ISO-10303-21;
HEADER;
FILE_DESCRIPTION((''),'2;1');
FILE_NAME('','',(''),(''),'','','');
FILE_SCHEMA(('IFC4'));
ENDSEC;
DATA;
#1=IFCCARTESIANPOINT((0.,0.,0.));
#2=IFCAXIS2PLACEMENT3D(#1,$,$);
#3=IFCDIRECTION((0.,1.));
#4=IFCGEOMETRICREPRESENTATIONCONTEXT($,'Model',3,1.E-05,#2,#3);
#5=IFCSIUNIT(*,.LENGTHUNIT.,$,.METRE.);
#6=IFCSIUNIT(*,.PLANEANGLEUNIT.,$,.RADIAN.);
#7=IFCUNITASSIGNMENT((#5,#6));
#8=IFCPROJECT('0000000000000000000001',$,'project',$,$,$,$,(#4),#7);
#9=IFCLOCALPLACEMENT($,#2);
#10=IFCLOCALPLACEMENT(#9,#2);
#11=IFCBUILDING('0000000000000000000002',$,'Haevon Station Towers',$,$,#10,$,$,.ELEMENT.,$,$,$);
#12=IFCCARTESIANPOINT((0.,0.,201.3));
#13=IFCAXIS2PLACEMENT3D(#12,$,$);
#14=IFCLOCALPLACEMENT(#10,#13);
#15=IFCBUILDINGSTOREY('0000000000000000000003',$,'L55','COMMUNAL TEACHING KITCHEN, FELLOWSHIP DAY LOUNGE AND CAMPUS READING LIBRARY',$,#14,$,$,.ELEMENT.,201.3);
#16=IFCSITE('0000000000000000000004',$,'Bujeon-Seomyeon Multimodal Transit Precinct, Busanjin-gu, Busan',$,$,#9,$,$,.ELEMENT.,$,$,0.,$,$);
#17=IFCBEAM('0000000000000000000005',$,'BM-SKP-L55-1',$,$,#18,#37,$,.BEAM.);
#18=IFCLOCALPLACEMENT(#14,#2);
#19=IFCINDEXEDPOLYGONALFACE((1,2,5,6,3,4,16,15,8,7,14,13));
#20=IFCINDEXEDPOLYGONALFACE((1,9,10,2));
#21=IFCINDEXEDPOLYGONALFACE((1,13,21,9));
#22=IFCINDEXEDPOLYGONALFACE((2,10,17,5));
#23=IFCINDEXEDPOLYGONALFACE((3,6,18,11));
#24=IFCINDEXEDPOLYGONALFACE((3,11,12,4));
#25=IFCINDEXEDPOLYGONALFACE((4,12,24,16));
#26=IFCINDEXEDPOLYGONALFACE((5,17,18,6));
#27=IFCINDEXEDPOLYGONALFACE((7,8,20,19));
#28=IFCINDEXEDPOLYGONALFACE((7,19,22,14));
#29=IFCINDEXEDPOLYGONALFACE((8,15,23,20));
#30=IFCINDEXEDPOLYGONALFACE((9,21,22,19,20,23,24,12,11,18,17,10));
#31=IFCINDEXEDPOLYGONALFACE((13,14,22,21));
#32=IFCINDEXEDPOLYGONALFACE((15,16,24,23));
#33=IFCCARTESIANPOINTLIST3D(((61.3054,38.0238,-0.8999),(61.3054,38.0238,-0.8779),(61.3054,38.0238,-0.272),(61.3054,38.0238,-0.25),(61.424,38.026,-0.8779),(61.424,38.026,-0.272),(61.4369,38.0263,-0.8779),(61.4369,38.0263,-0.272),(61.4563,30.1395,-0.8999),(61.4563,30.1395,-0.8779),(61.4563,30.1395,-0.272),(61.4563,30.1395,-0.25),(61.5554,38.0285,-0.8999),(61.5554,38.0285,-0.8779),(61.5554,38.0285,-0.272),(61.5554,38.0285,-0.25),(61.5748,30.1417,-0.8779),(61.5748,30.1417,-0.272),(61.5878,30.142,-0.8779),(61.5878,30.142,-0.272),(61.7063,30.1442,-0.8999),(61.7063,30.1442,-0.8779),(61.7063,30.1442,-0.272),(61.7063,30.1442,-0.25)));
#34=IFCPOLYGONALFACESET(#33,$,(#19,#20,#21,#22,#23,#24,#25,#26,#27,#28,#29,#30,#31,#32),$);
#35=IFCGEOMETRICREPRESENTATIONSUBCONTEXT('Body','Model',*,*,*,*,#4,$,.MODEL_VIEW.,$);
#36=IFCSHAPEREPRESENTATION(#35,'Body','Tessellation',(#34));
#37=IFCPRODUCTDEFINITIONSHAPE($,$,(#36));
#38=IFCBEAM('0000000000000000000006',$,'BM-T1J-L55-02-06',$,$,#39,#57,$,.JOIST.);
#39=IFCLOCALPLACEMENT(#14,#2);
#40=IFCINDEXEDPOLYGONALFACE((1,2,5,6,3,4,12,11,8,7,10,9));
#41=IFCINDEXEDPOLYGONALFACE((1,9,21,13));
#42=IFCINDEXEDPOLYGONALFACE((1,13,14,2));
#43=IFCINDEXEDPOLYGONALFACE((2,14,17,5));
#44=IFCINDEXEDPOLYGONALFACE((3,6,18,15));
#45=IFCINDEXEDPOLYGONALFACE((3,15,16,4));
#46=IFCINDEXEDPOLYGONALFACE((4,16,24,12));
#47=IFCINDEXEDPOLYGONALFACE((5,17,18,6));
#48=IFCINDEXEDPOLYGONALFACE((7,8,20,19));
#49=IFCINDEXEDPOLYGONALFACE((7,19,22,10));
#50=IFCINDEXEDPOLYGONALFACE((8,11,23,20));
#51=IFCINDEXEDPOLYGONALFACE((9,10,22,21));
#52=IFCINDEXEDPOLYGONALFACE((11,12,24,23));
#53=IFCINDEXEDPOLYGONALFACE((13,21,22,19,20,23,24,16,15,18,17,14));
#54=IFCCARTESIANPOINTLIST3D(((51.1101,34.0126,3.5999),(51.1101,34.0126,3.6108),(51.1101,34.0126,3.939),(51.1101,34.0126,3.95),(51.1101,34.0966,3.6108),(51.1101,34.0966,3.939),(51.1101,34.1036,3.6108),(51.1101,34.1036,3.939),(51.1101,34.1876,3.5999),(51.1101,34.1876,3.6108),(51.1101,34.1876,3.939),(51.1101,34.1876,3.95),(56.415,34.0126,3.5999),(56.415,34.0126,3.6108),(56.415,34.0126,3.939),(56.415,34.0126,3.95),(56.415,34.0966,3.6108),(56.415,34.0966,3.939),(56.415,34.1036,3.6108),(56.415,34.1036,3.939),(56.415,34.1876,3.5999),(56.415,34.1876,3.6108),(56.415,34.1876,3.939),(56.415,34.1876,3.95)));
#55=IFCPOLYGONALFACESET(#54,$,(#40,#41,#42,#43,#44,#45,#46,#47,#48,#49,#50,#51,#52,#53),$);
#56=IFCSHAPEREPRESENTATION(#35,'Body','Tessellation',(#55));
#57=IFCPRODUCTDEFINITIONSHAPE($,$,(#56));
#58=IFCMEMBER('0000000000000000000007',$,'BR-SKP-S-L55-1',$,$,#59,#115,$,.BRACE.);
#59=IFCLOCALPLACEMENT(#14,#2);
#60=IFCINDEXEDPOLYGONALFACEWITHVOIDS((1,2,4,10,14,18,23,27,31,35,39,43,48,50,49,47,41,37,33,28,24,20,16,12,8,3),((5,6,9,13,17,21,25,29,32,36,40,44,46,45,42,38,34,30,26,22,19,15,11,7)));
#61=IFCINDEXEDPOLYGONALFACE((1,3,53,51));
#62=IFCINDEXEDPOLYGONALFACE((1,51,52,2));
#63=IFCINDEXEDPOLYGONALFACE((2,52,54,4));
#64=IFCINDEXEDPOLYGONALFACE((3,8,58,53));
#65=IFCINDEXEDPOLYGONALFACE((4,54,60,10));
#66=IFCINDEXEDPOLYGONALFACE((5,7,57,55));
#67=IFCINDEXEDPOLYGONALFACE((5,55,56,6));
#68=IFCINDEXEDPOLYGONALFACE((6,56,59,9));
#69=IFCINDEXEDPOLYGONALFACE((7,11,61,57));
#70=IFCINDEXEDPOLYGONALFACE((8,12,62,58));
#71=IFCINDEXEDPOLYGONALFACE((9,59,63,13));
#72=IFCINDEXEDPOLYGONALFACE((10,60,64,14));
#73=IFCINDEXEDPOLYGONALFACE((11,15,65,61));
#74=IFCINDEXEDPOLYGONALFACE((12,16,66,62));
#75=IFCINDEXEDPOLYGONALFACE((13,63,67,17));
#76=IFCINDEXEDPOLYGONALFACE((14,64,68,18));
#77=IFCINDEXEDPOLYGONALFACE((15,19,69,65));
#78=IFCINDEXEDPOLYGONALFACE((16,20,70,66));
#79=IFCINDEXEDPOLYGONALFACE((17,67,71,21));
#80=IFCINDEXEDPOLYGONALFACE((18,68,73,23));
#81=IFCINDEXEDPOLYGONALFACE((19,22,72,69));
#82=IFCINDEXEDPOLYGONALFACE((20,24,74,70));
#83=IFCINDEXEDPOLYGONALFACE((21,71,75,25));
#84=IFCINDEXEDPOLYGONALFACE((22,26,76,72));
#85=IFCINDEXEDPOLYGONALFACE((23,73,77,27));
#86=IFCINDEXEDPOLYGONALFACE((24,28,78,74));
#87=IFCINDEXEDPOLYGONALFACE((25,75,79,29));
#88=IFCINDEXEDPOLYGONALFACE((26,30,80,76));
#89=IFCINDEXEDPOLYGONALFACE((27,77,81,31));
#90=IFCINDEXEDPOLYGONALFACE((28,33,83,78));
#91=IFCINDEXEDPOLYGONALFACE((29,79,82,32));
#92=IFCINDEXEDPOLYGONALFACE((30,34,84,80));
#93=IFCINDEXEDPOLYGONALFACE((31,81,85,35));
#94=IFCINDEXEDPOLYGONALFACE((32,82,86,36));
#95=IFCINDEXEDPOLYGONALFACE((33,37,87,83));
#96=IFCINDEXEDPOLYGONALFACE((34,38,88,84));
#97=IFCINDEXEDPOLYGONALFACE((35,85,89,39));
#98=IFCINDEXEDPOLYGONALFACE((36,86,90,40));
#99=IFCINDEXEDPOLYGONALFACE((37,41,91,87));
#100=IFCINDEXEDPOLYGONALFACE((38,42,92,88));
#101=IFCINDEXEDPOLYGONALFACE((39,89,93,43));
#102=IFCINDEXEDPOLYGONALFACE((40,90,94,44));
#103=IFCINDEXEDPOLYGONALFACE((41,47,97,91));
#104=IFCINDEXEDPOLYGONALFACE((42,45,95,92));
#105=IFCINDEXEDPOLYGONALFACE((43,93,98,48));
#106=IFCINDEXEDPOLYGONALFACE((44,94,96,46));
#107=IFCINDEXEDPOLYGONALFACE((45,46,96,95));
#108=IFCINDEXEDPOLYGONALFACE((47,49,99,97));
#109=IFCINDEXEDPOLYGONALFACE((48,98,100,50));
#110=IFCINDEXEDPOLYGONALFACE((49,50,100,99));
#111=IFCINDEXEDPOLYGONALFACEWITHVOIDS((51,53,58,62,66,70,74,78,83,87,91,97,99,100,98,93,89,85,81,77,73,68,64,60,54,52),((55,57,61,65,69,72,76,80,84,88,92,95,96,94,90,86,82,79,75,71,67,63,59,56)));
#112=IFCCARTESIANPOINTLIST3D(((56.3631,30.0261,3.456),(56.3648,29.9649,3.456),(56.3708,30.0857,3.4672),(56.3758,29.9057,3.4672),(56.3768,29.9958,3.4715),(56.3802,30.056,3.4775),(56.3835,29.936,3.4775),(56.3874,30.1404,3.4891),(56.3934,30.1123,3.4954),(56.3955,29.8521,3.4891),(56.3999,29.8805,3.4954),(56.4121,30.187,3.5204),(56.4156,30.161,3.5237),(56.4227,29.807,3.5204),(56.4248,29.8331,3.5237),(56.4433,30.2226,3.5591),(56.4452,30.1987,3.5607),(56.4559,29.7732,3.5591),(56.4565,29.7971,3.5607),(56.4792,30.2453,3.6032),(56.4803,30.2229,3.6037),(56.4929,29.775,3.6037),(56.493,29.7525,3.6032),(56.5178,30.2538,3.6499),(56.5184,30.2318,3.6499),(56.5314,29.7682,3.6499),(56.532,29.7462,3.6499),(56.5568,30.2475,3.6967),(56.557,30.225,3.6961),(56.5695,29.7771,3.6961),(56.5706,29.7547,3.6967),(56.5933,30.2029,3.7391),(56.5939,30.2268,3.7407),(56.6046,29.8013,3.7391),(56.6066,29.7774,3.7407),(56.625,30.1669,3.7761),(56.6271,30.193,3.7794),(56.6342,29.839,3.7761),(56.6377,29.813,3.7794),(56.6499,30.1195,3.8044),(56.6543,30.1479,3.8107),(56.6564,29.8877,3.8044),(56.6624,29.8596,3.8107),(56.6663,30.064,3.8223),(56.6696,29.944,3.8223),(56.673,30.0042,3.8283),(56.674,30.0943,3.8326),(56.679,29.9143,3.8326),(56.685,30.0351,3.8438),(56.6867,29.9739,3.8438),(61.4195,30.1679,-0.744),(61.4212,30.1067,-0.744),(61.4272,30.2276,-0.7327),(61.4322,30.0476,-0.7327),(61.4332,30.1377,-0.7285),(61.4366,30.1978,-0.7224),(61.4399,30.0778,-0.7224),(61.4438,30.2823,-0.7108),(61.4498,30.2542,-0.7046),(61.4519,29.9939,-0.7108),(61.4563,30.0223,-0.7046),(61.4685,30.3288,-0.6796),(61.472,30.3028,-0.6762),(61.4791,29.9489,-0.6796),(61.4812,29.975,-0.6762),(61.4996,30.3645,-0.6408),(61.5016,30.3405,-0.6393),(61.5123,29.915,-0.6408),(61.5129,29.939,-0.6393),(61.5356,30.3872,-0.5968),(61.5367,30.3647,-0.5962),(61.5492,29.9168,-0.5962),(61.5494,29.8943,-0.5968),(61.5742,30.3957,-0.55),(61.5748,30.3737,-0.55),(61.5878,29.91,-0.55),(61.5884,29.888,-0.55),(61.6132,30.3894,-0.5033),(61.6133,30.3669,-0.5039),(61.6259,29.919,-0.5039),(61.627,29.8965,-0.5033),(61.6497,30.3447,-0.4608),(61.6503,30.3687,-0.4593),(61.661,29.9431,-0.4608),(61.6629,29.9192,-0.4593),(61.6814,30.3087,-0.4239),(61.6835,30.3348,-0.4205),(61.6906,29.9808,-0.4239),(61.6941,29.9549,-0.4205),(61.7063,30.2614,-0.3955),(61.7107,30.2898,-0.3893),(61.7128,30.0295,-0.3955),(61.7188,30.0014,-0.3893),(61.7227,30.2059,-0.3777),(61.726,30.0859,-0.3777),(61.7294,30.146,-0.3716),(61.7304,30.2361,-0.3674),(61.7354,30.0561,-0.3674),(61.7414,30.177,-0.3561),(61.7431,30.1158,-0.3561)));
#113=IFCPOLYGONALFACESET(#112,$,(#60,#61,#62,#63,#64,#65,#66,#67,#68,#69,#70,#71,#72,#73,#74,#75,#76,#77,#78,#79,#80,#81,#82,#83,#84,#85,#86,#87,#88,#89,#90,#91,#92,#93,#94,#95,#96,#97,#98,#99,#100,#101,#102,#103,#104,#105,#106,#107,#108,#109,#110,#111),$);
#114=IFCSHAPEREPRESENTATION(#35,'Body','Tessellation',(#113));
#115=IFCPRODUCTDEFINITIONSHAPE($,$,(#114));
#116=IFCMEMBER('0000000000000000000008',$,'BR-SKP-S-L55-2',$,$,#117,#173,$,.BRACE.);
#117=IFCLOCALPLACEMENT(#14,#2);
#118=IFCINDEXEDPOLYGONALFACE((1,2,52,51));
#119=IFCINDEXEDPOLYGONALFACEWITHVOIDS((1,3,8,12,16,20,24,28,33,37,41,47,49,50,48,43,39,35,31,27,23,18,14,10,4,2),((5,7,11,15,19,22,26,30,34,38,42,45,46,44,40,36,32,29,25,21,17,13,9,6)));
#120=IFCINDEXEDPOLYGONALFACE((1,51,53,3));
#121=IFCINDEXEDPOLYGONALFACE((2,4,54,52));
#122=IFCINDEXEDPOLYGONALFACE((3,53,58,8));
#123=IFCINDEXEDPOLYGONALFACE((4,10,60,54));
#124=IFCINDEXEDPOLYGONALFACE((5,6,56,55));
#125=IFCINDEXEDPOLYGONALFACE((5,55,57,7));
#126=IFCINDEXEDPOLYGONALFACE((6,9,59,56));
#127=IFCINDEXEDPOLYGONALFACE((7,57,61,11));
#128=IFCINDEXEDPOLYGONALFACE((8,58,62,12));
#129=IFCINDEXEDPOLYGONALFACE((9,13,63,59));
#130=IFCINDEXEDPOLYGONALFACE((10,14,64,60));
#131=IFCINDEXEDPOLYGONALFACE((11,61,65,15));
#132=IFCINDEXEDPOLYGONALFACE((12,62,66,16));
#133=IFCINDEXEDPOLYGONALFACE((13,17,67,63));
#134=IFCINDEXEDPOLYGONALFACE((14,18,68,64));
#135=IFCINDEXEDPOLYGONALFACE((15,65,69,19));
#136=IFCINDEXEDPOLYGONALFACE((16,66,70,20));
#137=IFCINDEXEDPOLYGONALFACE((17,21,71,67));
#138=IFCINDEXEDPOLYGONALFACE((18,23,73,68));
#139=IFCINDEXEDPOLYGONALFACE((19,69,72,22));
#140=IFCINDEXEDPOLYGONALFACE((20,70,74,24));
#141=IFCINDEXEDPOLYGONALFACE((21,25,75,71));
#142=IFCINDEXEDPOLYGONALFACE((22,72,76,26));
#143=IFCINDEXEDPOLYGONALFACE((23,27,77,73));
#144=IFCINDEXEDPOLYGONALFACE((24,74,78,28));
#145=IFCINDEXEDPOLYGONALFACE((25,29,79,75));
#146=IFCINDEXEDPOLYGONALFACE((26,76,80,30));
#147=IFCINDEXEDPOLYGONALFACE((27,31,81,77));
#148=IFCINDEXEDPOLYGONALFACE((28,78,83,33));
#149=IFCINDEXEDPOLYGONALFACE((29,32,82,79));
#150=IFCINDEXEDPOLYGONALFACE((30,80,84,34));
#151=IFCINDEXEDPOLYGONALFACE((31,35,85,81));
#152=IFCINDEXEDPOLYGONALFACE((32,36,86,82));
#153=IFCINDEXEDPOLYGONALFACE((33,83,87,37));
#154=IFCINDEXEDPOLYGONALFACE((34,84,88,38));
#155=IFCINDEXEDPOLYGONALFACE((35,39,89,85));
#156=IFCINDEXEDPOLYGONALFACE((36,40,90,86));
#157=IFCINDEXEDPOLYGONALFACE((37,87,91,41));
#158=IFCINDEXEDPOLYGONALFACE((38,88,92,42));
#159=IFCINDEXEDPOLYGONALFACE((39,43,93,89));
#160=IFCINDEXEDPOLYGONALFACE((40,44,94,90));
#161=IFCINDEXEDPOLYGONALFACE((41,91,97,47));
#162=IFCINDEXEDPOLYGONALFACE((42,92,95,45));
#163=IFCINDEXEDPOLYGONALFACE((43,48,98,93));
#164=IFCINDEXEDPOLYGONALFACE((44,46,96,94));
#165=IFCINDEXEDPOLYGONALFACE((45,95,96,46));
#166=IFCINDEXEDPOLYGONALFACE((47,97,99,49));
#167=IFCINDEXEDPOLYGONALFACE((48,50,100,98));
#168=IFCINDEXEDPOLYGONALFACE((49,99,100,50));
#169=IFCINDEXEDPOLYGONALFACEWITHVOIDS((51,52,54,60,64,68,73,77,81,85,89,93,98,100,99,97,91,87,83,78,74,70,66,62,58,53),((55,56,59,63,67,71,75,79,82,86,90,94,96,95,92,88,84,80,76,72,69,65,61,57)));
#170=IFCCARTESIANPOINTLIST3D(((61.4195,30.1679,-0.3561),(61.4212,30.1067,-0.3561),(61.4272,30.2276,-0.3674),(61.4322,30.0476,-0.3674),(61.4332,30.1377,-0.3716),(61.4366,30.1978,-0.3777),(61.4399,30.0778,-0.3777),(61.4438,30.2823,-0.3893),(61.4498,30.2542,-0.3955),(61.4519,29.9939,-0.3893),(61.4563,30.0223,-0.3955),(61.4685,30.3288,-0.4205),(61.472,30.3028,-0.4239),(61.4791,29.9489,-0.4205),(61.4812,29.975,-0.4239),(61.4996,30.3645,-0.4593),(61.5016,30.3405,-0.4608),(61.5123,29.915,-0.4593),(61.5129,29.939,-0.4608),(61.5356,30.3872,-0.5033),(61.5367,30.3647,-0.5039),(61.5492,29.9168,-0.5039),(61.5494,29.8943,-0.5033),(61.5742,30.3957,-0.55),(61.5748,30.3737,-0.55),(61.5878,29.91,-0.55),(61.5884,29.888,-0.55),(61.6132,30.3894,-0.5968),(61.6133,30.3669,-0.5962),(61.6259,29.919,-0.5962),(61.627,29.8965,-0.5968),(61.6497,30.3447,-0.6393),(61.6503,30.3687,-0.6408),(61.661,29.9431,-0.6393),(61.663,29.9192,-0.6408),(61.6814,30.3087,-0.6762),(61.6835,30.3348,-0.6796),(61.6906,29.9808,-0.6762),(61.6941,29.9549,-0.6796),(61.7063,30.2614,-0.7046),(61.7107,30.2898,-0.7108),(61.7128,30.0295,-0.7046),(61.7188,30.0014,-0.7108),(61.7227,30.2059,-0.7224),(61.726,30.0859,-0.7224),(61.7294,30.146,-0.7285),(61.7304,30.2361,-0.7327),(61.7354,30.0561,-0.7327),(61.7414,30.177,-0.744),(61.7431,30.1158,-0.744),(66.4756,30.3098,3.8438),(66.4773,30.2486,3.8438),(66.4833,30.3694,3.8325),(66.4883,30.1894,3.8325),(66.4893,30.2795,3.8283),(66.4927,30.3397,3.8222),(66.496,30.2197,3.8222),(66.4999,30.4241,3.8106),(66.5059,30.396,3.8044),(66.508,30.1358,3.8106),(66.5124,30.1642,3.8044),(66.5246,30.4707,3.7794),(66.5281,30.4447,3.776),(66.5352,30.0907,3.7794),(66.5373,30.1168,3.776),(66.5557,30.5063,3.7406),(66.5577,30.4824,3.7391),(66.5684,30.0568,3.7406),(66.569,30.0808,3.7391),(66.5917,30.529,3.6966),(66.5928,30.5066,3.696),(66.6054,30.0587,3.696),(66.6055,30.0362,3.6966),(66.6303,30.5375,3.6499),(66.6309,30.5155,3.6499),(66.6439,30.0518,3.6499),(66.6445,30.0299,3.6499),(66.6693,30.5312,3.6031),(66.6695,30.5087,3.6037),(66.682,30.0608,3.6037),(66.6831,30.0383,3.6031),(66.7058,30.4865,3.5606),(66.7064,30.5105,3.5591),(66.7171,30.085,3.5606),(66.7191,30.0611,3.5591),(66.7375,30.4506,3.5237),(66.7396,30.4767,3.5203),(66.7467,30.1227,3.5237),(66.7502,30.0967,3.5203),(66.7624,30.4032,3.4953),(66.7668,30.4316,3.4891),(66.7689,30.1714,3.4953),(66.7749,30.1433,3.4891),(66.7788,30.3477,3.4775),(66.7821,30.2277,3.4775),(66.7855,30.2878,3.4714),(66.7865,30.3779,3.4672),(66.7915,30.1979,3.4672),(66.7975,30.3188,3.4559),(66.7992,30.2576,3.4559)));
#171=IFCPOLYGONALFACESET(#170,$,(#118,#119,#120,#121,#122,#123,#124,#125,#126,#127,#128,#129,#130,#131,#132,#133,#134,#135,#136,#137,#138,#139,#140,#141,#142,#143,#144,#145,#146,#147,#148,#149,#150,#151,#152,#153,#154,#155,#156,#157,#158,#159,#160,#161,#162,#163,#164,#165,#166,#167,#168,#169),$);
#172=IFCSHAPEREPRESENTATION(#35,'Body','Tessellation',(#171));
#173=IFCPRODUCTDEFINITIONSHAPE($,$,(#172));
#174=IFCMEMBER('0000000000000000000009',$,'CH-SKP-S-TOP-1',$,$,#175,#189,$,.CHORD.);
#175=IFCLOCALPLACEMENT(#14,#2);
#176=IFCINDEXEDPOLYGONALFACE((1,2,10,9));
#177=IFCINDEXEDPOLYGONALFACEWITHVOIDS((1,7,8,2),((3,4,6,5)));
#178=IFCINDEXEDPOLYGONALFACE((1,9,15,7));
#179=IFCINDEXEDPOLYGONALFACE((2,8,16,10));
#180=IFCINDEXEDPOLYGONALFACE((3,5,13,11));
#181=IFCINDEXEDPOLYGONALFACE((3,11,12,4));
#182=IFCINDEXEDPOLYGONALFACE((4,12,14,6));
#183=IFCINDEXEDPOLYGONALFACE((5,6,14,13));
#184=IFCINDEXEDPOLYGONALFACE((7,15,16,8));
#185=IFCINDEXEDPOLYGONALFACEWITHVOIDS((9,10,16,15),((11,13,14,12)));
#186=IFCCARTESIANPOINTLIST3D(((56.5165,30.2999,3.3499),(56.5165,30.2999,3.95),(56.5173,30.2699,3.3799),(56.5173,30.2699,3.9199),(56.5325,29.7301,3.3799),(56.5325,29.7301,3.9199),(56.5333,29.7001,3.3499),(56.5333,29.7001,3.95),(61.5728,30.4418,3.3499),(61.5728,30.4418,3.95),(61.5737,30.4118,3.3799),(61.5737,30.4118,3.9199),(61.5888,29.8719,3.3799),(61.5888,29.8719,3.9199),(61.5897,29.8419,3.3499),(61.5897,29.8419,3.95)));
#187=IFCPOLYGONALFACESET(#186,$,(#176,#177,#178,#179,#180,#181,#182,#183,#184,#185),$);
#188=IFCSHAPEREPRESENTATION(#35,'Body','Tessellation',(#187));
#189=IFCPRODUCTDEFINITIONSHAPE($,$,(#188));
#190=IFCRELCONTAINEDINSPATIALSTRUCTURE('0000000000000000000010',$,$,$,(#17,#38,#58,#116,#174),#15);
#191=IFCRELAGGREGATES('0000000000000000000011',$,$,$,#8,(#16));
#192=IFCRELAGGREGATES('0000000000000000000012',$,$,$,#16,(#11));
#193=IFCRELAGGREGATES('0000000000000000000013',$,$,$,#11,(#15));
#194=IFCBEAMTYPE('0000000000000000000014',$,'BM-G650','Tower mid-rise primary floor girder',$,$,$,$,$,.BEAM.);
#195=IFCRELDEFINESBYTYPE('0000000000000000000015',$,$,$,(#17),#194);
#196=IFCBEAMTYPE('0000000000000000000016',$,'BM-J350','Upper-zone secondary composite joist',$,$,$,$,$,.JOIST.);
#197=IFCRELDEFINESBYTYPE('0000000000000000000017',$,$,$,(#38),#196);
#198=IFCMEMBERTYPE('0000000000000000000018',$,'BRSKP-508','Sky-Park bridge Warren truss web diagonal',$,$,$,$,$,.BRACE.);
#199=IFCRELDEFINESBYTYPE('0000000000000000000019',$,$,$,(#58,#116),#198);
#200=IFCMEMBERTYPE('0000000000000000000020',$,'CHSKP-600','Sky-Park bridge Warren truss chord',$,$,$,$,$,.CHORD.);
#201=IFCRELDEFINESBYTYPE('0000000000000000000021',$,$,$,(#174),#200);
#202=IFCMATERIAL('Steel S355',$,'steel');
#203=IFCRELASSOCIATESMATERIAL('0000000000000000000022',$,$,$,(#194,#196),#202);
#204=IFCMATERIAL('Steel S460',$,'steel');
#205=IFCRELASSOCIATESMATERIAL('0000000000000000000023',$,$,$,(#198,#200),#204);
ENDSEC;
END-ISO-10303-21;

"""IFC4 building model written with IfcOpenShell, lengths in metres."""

from ifc_helpers import new_model, si_unit, direction, frame, origin, origin_2d, place, context, subcontext, project, spatial, hollow_rectangle, hollow_circle, i_section, extrude, material, material_profile, profile_set, type_object, element, save


model = new_model("IFC4")

# Units and contexts
model_context = context("Model", 3, precision=1e-05, world=origin(), true_north=direction((0.0, 1.0)))
body_context = subcontext(model_context, "Body", "Model", "MODEL_VIEW")
ifc_project = project(units=[si_unit("LENGTHUNIT", "METRE"), si_unit("PLANEANGLEUNIT", "RADIAN")], contexts=[model_context])

# Site, building, storey
site_placement = place(None, origin())
site = spatial("IfcSite", under=ifc_project, at=site_placement, Name="Bujeon-Seomyeon Multimodal Transit Precinct, Busanjin-gu, Busan", CompositionType="ELEMENT", RefElevation=0.0)
building_placement = place(site_placement, origin())
building = spatial("IfcBuilding", under=site, at=building_placement, Name="Haevon Station Towers", CompositionType="ELEMENT")
storey_placement = place(building_placement, frame((0.0, 0.0, 201.3)))
storey = spatial("IfcBuildingStorey", under=building, at=storey_placement, Name="L55", Description="COMMUNAL TEACHING KITCHEN, FELLOWSHIP DAY LOUNGE AND CAMPUS READING LIBRARY", CompositionType="ELEMENT", Elevation=201.3)

# Beams
ifc_material_1 = material(Name="Steel S355", Category="steel")
ifc_material_profile_1 = material_profile(ifc_material_1, i_section(OverallWidth=0.25, OverallDepth=0.6499, WebThickness=0.0129, FlangeThickness=0.022, at=origin_2d()), Name="H-650x250x13x22")
ifc_profile_set_1 = profile_set([ifc_material_profile_1], Name="Steel S355")
beam_type_1 = type_object("IfcBeamType", Name="BM-G650", Description="Tower mid-rise primary floor girder", PredefinedType="BEAM", material=ifc_profile_set_1)
beam_1_placement = place(storey_placement, frame((61.5813, 30.1418, -0.575), z_axis=(-0.019133, 0.999817, 0.0), x_axis=(-0.999817, -0.019133, 0.0)))
element("IfcBeam", 1, at=beam_1_placement, inside=storey, type_object=beam_type_1, Name="BM-SKP-L55-1", PredefinedType="BEAM", context=body_context, shape_type="SweptSolid", body=[
    extrude(i_section(OverallWidth=0.25, OverallDepth=0.6499, WebThickness=0.0129, FlangeThickness=0.022, at=origin_2d()), origin(), (0.0, 0.0, 1.0), 7.8857),
])
ifc_material_profile_2 = material_profile(ifc_material_1, i_section(OverallWidth=0.175, OverallDepth=0.3501, WebThickness=0.0071, FlangeThickness=0.011, at=origin_2d()), Name="H-350x175x7x11")
ifc_profile_set_2 = profile_set([ifc_material_profile_2], Name="Steel S355")
beam_type_2 = type_object("IfcBeamType", Name="BM-J350", Description="Upper-zone secondary composite joist", PredefinedType="JOIST", material=ifc_profile_set_2)
beam_2_placement = place(storey_placement, frame((51.1101, 34.1001, 3.7749), z_axis=(1.0, 0.0, 0.0), x_axis=(0.0, 1.0, 0.0)))
element("IfcBeam", 2, at=beam_2_placement, inside=storey, type_object=beam_type_2, Name="BM-T1J-L55-02-06", PredefinedType="JOIST", context=body_context, shape_type="SweptSolid", body=[
    extrude(i_section(OverallWidth=0.175, OverallDepth=0.3501, WebThickness=0.0071, FlangeThickness=0.011, at=origin_2d()), origin(), (0.0, 0.0, 1.0), 5.3049),
])

# Members
ifc_material_2 = material(Name="Steel S460", Category="steel")
ifc_material_profile_3 = material_profile(ifc_material_2, hollow_circle(Radius=0.2539, WallThickness=0.022, at=origin_2d()), Name="CHS-508x22")
ifc_profile_set_3 = profile_set([ifc_material_profile_3], Name="Steel S460")
member_type_1 = type_object("IfcMemberType", Name="BRSKP-508", Description="Sky-Park bridge Warren truss web diagonal", PredefinedType="BRACE", material=ifc_profile_set_3)
member_1_placement = place(storey_placement, frame((56.5249, 30.0, 3.6499), z_axis=(0.769067, 0.021574, -0.638804), x_axis=(-0.028042, 0.999607, 0.0)))
element("IfcMember", 3, at=member_1_placement, inside=storey, type_object=member_type_1, Name="BR-SKP-S-L55-1", PredefinedType="BRACE", context=body_context, shape_type="SweptSolid", body=[
    extrude(hollow_circle(Radius=0.2539, WallThickness=0.022, at=origin_2d()), origin(), (0.0, 0.0, 1.0), 6.5747),
])
member_2_placement = place(storey_placement, frame((61.5813, 30.1418, -0.55), z_axis=(0.769052, 0.021575, 0.638822), x_axis=(-0.028043, 0.999607, 0.0)))
element("IfcMember", 4, at=member_2_placement, inside=storey, type_object=member_type_1, Name="BR-SKP-S-L55-2", PredefinedType="BRACE", context=body_context, shape_type="SweptSolid", body=[
    extrude(hollow_circle(Radius=0.2539, WallThickness=0.022, at=origin_2d()), origin(), (0.0, 0.0, 1.0), 6.5745),
])
ifc_material_profile_4 = material_profile(ifc_material_2, hollow_rectangle(XDim=0.6001, YDim=0.6001, WallThickness=0.03, at=origin_2d()), Name="RHS-600x600x30")
ifc_profile_set_4 = profile_set([ifc_material_profile_4], Name="Steel S460")
member_type_2 = type_object("IfcMemberType", Name="CHSKP-600", Description="Sky-Park bridge Warren truss chord", PredefinedType="CHORD", material=ifc_profile_set_4)
member_3_placement = place(storey_placement, frame((56.5249, 30.0, 3.6499), z_axis=(0.999607, 0.028042, 0.0), x_axis=(-0.028042, 0.999607, 0.0)))
element("IfcMember", 5, at=member_3_placement, inside=storey, type_object=member_type_2, Name="CH-SKP-S-TOP-1", PredefinedType="CHORD", context=body_context, shape_type="SweptSolid", body=[
    extrude(hollow_rectangle(XDim=0.6001, YDim=0.6001, WallThickness=0.03, at=origin_2d()), origin(), (0.0, 0.0, 1.0), 5.0583),
])

save(model, "model.ifc")
